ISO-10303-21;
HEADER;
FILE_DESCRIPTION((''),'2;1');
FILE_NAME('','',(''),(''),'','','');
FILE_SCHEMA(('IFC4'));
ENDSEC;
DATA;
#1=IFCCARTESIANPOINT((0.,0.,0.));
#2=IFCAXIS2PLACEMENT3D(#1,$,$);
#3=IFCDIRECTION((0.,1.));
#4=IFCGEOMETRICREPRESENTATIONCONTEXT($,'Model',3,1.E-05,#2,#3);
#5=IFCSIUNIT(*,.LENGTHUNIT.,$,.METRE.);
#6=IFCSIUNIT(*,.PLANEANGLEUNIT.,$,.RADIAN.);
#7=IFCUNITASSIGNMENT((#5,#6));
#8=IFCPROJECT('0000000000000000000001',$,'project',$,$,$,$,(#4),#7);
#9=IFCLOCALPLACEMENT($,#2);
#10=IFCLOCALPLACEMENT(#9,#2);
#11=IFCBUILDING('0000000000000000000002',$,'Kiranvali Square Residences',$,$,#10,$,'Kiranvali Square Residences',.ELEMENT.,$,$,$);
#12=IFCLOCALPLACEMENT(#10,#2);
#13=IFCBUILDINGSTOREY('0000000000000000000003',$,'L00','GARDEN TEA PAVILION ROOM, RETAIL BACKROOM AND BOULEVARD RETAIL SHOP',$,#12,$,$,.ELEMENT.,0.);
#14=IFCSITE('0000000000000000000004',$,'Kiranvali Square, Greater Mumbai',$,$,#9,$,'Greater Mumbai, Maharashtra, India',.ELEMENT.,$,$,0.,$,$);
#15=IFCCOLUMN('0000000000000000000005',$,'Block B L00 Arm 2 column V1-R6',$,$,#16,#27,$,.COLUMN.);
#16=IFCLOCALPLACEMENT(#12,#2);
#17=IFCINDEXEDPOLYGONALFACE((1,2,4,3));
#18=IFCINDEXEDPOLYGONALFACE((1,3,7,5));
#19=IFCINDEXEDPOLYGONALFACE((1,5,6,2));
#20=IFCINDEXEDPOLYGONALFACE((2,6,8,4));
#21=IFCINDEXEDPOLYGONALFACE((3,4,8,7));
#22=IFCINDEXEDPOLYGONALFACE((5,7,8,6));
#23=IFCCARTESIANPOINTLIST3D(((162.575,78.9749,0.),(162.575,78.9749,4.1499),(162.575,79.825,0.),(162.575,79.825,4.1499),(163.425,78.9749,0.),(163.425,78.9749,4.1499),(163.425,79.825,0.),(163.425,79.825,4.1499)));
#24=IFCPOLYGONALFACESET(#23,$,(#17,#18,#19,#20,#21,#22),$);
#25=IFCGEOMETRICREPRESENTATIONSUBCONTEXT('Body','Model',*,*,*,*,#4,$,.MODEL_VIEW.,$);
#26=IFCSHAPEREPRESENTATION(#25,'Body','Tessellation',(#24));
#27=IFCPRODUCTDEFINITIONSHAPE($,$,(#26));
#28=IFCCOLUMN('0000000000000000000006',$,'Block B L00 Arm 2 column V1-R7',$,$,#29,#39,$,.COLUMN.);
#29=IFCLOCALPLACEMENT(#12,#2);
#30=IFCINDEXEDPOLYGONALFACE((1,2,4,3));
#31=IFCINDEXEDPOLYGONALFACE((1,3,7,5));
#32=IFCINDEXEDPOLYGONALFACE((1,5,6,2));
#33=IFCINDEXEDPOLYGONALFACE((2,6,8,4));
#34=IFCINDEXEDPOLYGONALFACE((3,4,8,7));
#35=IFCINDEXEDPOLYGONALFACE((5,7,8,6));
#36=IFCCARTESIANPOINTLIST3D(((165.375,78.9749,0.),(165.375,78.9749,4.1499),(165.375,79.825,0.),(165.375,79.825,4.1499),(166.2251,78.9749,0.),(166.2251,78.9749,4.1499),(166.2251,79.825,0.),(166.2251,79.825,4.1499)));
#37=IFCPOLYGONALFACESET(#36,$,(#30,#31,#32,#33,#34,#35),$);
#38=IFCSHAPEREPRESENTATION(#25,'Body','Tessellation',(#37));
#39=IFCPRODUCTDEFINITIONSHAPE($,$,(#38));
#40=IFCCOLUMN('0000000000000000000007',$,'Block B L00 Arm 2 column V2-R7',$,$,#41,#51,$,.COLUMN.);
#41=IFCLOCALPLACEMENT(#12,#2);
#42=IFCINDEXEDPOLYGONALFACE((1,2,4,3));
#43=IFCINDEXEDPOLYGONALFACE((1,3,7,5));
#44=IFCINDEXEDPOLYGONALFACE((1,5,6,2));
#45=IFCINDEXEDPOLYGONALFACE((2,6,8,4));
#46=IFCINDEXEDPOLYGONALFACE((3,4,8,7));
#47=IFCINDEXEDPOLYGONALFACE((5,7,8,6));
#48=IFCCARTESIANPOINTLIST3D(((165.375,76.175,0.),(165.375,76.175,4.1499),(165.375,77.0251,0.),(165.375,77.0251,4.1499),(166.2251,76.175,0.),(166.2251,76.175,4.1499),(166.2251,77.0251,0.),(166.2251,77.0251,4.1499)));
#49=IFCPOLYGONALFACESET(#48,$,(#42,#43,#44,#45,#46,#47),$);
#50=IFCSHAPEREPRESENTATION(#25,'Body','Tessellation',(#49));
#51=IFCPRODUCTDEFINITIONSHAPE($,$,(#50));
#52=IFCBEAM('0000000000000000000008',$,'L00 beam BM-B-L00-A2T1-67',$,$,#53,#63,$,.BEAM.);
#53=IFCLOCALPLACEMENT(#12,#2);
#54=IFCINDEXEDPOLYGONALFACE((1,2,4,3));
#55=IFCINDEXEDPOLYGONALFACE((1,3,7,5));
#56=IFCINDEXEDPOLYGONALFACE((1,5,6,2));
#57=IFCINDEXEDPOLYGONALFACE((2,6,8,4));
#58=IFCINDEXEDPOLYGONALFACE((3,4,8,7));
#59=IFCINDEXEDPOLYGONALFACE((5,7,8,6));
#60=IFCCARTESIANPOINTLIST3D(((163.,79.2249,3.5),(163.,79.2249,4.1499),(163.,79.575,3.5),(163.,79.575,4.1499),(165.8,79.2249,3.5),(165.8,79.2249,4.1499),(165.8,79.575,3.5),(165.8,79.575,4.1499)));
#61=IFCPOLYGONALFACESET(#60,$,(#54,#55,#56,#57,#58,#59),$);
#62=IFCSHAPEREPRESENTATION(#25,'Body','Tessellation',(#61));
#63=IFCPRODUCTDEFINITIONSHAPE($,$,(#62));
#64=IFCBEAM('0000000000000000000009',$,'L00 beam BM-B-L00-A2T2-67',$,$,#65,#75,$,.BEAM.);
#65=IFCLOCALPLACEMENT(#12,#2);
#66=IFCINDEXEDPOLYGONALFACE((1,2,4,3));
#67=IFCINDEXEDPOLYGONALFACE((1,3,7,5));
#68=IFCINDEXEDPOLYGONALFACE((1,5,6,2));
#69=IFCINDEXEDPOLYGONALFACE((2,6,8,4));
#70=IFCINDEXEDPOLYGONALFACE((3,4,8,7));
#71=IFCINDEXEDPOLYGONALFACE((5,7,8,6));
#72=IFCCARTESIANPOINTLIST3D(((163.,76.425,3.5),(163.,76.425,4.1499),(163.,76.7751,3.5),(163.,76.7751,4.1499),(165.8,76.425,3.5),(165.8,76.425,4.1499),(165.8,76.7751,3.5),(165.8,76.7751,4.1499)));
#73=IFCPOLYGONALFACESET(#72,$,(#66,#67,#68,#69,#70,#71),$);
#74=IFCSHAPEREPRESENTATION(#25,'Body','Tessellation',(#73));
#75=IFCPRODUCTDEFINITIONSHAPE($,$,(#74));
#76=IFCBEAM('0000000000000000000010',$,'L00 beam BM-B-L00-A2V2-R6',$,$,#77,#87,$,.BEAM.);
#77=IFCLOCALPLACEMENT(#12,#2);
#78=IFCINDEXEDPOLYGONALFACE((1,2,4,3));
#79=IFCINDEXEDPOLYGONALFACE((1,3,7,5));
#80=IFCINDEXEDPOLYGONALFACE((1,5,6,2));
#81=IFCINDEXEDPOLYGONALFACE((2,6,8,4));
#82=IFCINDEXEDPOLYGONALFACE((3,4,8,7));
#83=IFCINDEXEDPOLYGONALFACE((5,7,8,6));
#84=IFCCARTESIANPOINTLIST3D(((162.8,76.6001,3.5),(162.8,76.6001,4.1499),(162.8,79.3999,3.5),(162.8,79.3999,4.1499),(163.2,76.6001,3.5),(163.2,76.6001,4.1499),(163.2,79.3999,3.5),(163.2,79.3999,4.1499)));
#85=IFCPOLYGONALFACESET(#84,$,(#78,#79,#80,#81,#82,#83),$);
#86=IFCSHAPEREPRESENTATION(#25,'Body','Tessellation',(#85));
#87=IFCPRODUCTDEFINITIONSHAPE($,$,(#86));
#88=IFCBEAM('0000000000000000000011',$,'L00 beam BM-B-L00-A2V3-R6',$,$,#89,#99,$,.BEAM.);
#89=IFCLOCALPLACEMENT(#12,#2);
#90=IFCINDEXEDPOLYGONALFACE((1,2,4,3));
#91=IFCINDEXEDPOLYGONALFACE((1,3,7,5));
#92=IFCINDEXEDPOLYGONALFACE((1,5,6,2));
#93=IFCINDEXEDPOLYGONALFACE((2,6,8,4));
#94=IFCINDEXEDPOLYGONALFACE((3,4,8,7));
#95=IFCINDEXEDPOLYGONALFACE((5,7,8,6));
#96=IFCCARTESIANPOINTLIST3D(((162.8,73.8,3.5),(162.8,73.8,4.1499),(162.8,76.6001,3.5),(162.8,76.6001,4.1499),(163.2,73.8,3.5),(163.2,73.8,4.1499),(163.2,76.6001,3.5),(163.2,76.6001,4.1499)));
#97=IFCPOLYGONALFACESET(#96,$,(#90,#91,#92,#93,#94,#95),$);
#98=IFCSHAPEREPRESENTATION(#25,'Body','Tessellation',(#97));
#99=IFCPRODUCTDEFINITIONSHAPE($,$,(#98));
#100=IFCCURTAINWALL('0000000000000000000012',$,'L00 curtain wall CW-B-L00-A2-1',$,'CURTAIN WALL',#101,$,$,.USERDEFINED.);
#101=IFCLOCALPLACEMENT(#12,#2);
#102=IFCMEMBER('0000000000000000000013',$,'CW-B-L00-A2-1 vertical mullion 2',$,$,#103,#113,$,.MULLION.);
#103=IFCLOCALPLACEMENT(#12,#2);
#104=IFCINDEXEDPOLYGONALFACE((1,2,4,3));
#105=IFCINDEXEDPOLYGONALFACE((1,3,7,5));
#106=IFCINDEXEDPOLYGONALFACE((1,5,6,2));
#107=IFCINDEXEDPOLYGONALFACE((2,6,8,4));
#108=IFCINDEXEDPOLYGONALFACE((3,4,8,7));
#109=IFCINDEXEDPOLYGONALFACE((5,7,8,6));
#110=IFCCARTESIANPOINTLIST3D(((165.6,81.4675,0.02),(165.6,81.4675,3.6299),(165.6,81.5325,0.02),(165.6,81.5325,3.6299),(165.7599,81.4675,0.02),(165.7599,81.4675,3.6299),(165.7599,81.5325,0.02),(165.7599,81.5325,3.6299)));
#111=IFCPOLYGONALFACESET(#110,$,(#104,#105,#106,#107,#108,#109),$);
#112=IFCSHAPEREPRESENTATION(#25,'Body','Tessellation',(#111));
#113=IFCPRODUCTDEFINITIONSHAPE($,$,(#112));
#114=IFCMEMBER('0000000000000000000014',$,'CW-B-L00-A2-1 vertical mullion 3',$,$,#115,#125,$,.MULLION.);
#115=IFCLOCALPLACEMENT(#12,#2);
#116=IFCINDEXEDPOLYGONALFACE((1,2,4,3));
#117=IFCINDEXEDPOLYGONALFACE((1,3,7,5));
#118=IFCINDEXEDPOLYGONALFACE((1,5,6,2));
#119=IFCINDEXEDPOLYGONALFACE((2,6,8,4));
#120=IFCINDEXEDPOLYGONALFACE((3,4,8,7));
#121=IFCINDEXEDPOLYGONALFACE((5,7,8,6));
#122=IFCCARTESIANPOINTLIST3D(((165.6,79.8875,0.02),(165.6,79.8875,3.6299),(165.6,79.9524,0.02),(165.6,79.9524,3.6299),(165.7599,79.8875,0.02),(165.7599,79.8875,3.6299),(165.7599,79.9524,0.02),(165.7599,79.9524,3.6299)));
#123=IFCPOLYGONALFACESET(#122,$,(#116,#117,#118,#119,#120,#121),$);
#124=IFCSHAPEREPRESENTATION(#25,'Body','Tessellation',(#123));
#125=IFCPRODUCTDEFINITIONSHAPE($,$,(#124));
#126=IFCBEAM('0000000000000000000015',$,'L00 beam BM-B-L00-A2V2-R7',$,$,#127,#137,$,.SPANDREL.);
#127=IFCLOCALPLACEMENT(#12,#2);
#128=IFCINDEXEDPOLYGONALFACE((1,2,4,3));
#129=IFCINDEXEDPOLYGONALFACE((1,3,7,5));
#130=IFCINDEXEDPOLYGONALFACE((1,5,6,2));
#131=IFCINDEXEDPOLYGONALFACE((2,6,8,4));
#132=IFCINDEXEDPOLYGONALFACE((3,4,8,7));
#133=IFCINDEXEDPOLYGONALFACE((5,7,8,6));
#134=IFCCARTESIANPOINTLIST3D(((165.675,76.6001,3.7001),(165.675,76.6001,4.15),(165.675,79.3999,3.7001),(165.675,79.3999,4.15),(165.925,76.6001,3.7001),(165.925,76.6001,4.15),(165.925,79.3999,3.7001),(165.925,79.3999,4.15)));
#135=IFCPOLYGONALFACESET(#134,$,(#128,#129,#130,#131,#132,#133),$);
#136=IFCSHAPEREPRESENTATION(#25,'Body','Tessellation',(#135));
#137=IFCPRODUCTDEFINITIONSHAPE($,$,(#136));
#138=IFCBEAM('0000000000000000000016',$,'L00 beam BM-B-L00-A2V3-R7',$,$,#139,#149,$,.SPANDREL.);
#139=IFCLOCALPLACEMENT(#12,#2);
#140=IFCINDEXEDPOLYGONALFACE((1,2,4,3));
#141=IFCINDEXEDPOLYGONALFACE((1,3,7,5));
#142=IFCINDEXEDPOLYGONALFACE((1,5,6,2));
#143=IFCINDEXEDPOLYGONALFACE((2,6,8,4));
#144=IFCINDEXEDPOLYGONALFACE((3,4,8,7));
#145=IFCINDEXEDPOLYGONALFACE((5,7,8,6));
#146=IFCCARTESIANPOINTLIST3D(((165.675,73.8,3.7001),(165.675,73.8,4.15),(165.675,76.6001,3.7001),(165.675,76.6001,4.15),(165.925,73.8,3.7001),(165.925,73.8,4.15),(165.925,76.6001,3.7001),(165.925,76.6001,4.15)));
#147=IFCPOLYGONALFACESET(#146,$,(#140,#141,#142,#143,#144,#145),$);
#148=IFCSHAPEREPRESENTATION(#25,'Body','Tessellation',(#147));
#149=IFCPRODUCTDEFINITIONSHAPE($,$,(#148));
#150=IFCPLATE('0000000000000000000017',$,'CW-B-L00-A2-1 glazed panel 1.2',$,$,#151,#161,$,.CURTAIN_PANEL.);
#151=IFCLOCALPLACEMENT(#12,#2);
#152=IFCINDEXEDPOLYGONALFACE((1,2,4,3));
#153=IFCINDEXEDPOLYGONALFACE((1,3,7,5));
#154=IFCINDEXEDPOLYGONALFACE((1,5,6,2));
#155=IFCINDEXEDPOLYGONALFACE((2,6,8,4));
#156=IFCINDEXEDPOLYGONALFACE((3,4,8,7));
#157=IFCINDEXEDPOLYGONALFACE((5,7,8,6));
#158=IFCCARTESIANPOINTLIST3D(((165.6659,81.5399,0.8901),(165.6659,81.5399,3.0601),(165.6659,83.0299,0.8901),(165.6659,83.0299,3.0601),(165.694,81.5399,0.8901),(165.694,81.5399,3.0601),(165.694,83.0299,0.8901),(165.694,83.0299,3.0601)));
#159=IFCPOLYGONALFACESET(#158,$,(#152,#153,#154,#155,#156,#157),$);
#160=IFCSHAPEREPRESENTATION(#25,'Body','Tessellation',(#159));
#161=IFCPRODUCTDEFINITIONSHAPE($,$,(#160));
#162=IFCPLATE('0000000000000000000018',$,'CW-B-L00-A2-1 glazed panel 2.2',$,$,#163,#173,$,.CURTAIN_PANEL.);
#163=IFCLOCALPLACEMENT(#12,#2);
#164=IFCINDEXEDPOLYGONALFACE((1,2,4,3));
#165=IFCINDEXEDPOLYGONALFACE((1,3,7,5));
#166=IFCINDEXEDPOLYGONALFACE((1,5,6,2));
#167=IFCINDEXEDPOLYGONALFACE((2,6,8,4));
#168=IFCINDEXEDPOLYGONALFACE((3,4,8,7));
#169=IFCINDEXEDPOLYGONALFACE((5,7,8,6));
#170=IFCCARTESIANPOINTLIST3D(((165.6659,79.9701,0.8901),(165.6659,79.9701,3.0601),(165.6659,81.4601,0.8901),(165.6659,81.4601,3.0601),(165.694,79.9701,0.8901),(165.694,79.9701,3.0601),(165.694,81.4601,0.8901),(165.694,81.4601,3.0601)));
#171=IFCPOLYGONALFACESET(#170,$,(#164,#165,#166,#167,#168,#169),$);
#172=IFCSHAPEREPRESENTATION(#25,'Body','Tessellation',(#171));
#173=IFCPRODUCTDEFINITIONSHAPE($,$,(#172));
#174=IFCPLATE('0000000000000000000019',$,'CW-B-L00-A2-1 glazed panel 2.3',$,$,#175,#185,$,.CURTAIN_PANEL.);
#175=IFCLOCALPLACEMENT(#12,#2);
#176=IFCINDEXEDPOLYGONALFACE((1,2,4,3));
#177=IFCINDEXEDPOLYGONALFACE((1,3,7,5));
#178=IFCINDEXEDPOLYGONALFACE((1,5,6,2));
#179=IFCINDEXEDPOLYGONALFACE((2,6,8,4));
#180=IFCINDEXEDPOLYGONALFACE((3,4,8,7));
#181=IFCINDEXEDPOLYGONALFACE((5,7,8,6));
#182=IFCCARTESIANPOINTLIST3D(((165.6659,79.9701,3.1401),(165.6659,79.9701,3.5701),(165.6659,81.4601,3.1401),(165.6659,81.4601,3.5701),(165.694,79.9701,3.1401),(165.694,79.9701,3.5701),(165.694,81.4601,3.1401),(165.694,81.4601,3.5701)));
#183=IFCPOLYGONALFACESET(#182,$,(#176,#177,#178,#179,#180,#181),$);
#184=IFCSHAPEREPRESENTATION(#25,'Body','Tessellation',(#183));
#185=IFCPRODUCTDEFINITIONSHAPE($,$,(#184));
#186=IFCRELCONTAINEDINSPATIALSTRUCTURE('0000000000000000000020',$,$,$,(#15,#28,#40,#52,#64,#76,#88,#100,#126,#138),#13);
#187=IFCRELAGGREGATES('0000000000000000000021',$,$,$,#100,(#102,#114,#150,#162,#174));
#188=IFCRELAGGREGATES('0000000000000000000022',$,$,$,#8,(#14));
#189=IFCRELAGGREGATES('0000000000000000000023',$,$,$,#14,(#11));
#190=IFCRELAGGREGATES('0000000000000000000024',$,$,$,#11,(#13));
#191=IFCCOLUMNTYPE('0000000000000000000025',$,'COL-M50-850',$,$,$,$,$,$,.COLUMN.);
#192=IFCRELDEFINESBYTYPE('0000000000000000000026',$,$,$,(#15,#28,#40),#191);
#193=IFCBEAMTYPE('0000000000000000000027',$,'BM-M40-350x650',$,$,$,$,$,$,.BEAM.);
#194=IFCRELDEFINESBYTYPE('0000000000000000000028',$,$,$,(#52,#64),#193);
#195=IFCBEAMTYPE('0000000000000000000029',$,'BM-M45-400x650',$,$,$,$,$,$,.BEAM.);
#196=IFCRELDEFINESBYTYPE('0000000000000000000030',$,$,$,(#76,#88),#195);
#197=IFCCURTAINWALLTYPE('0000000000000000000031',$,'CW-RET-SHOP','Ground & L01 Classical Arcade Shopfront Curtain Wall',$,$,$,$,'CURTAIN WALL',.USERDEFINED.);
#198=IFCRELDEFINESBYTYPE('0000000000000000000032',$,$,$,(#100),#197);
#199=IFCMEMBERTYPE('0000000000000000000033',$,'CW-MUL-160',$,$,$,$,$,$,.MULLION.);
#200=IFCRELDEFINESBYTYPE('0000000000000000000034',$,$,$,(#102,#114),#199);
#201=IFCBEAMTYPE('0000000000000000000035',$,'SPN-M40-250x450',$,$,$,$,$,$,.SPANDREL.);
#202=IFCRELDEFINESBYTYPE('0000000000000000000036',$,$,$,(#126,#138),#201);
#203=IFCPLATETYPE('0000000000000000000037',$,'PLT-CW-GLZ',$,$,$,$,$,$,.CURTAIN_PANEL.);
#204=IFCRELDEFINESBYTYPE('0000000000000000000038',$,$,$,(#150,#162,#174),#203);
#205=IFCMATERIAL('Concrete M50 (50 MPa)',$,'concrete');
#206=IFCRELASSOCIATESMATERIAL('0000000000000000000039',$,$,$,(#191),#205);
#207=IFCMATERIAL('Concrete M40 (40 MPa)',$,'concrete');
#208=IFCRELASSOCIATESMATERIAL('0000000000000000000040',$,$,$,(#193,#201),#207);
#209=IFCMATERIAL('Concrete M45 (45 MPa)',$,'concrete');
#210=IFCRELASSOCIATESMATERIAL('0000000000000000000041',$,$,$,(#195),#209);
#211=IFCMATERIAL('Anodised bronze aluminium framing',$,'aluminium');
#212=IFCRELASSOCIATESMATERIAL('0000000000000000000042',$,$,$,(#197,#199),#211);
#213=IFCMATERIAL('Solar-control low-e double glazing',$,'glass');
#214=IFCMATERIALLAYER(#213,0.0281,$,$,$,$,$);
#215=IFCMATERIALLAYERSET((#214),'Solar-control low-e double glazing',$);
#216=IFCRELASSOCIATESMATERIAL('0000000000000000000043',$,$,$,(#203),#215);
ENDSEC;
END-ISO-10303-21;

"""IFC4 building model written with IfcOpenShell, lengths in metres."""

from ifc_helpers import new_model, si_unit, direction, frame, origin, origin_2d, place, context, subcontext, project, spatial, rectangle, extrude, material, layer, layer_set, material_profile, profile_set, type_object, element, aggregate, save


model = new_model("IFC4")

# Units and contexts
model_context = context("Model", 3, precision=1e-05, world=origin(), true_north=direction((0.0, 1.0)))
body_context = subcontext(model_context, "Body", "Model", "MODEL_VIEW")
ifc_project = project(units=[si_unit("LENGTHUNIT", "METRE"), si_unit("PLANEANGLEUNIT", "RADIAN")], contexts=[model_context])

# Site, building, storey
site_placement = place(None, origin())
site = spatial("IfcSite", under=ifc_project, at=site_placement, Name="Kiranvali Square, Greater Mumbai", LongName="Greater Mumbai, Maharashtra, India", CompositionType="ELEMENT", RefElevation=0.0)
building_placement = place(site_placement, origin())
building = spatial("IfcBuilding", under=site, at=building_placement, Name="Kiranvali Square Residences", LongName="Kiranvali Square Residences", CompositionType="ELEMENT")
storey_placement = place(building_placement, origin())
storey = spatial("IfcBuildingStorey", under=building, at=storey_placement, Name="L00", Description="GARDEN TEA PAVILION ROOM, RETAIL BACKROOM AND BOULEVARD RETAIL SHOP", CompositionType="ELEMENT", Elevation=0.0)

# Columns
ifc_material_1 = material(Name="Concrete M50 (50 MPa)", Category="concrete")
ifc_material_profile_1 = material_profile(ifc_material_1, rectangle(XDim=0.8501, YDim=0.8501, at=origin_2d()), Name="RC 850x850")
ifc_profile_set_1 = profile_set([ifc_material_profile_1], Name="Concrete M50 (50 MPa)")
column_type = type_object("IfcColumnType", Name="COL-M50-850", PredefinedType="COLUMN", material=ifc_profile_set_1)
for number, where, z_axis, x_axis, name in (
    (1, (163.0, 79.3999, 0.0), (0.0, 0.0, 1.0), (1.0, 0.0, 0.0), "Block B L00 Arm 2 column V1-R6"),
    (2, (165.8, 79.3999, 0.0), (0.0, 0.0, 1.0), (1.0, 0.0, 0.0), "Block B L00 Arm 2 column V1-R7"),
    (3, (165.8, 76.6001, 0.0), (0.0, 0.0, 1.0), (1.0, 0.0, 0.0), "Block B L00 Arm 2 column V2-R7"),
):
    element("IfcColumn", number, at=place(storey_placement, frame(where, z_axis=z_axis, x_axis=x_axis)), inside=storey, type_object=column_type, Name=name, PredefinedType="COLUMN", context=body_context, shape_type="SweptSolid", body=[
        extrude(rectangle(XDim=0.8501, YDim=0.8501, at=origin_2d()), origin(), (0.0, 0.0, 1.0), 4.1499),
    ])

# Beams
ifc_material_2 = material(Name="Concrete M40 (40 MPa)", Category="concrete")
ifc_material_profile_2 = material_profile(ifc_material_2, rectangle(XDim=0.3501, YDim=0.6499, at=origin_2d()), Name="RC 350x650")
ifc_profile_set_2 = profile_set([ifc_material_profile_2], Name="Concrete M40 (40 MPa)")
beam_type_1 = type_object("IfcBeamType", Name="BM-M40-350x650", PredefinedType="BEAM", material=ifc_profile_set_2)
for number, where, z_axis, x_axis, name in (
    (4, (163.0, 79.3999, 3.825), (1.0, 0.0, 0.0), (0.0, 1.0, 0.0), "L00 beam BM-B-L00-A2T1-67"),
    (5, (163.0, 76.6001, 3.825), (1.0, 0.0, 0.0), (0.0, 1.0, 0.0), "L00 beam BM-B-L00-A2T2-67"),
):
    element("IfcBeam", number, at=place(storey_placement, frame(where, z_axis=z_axis, x_axis=x_axis)), inside=storey, type_object=beam_type_1, Name=name, PredefinedType="BEAM", context=body_context, shape_type="SweptSolid", body=[
        extrude(rectangle(XDim=0.3501, YDim=0.6499, at=origin_2d()), origin(), (0.0, 0.0, 1.0), 2.8),
    ])
ifc_material_3 = material(Name="Concrete M45 (45 MPa)", Category="concrete")
ifc_material_profile_3 = material_profile(ifc_material_3, rectangle(XDim=0.3999, YDim=0.6499, at=origin_2d()), Name="RC 400x650")
ifc_profile_set_3 = profile_set([ifc_material_profile_3], Name="Concrete M45 (45 MPa)")
beam_type_2 = type_object("IfcBeamType", Name="BM-M45-400x650", PredefinedType="BEAM", material=ifc_profile_set_3)
beam_1_placement = place(storey_placement, frame((163.0, 79.3999, 3.825), z_axis=(0.0, -1.0, 0.0), x_axis=(1.0, 0.0, 0.0)))
element("IfcBeam", 6, at=beam_1_placement, inside=storey, type_object=beam_type_2, Name="L00 beam BM-B-L00-A2V2-R6", PredefinedType="BEAM", context=body_context, shape_type="SweptSolid", body=[
    extrude(rectangle(XDim=0.3999, YDim=0.6499, at=origin_2d()), origin(), (0.0, 0.0, 1.0), 2.7998),
])
beam_2_placement = place(storey_placement, frame((163.0, 76.6001, 3.825), z_axis=(0.0, -1.0, 0.0), x_axis=(1.0, 0.0, 0.0)))
element("IfcBeam", 7, at=beam_2_placement, inside=storey, type_object=beam_type_2, Name="L00 beam BM-B-L00-A2V3-R6", PredefinedType="BEAM", context=body_context, shape_type="SweptSolid", body=[
    extrude(rectangle(XDim=0.3999, YDim=0.6499, at=origin_2d()), origin(), (0.0, 0.0, 1.0), 2.8),
])

# Curtain wall, members
ifc_material_4 = material(Name="Anodised bronze aluminium framing", Category="aluminium")
curtain_wall_type = type_object("IfcCurtainWallType", Name="CW-RET-SHOP", Description="Ground & L01 Classical Arcade Shopfront Curtain Wall", ElementType="CURTAIN WALL", PredefinedType="USERDEFINED", material=ifc_material_4)
curtain_wall_placement = place(storey_placement, origin())
curtain_wall = element("IfcCurtainWall", 8, at=curtain_wall_placement, inside=storey, type_object=curtain_wall_type, Name="L00 curtain wall CW-B-L00-A2-1", ObjectType="CURTAIN WALL", PredefinedType="USERDEFINED")
ifc_material_profile_4 = material_profile(ifc_material_4, rectangle(XDim=0.0649, YDim=0.1599, at=origin_2d()), Name="ALU 65x160")
ifc_profile_set_4 = profile_set([ifc_material_profile_4], Name="Anodised bronze aluminium framing")
member_type = type_object("IfcMemberType", Name="CW-MUL-160", PredefinedType="MULLION", material=ifc_profile_set_4)
member_1_placement = place(storey_placement, frame((165.6799, 81.5, 0.02), z_axis=(0.0, 0.0, 1.0), x_axis=(0.0, -1.0, 0.0)))
member_1 = element("IfcMember", 9, at=member_1_placement, type_object=member_type, Name="CW-B-L00-A2-1 vertical mullion 2", PredefinedType="MULLION", context=body_context, shape_type="SweptSolid", body=[
    extrude(rectangle(XDim=0.0649, YDim=0.1599, at=origin_2d()), origin(), (0.0, 0.0, 1.0), 3.6099),
])
member_2_placement = place(storey_placement, frame((165.6799, 79.9199, 0.02), z_axis=(0.0, 0.0, 1.0), x_axis=(0.0, -1.0, 0.0)))
member_2 = element("IfcMember", 10, at=member_2_placement, type_object=member_type, Name="CW-B-L00-A2-1 vertical mullion 3", PredefinedType="MULLION", context=body_context, shape_type="SweptSolid", body=[
    extrude(rectangle(XDim=0.0649, YDim=0.1599, at=origin_2d()), origin(), (0.0, 0.0, 1.0), 3.6099),
])

# Beams
ifc_material_profile_5 = material_profile(ifc_material_2, rectangle(XDim=0.25, YDim=0.45, at=origin_2d()), Name="RC 250x450")
ifc_profile_set_5 = profile_set([ifc_material_profile_5], Name="Concrete M40 (40 MPa)")
beam_type_3 = type_object("IfcBeamType", Name="SPN-M40-250x450", PredefinedType="SPANDREL", material=ifc_profile_set_5)
beam_3_placement = place(storey_placement, frame((165.8, 79.3999, 3.925), z_axis=(0.0, -1.0, 0.0), x_axis=(1.0, 0.0, 0.0)))
element("IfcBeam", 11, at=beam_3_placement, inside=storey, type_object=beam_type_3, Name="L00 beam BM-B-L00-A2V2-R7", PredefinedType="SPANDREL", context=body_context, shape_type="SweptSolid", body=[
    extrude(rectangle(XDim=0.25, YDim=0.45, at=origin_2d()), origin(), (0.0, 0.0, 1.0), 2.7998),
])
beam_4_placement = place(storey_placement, frame((165.8, 76.6001, 3.925), z_axis=(0.0, -1.0, 0.0), x_axis=(1.0, 0.0, 0.0)))
element("IfcBeam", 12, at=beam_4_placement, inside=storey, type_object=beam_type_3, Name="L00 beam BM-B-L00-A2V3-R7", PredefinedType="SPANDREL", context=body_context, shape_type="SweptSolid", body=[
    extrude(rectangle(XDim=0.25, YDim=0.45, at=origin_2d()), origin(), (0.0, 0.0, 1.0), 2.8),
])

# Plates
ifc_material_5 = material(Name="Solar-control low-e double glazing", Category="glass")
ifc_layer_1 = layer(ifc_material_5, 0.0281)
ifc_layer_set_1 = layer_set([ifc_layer_1], Name="Solar-control low-e double glazing")
plate_type_1 = type_object("IfcPlateType", Name="PLT-CW-GLZ", PredefinedType="CURTAIN_PANEL", material=ifc_layer_set_1)
plate_1_placement = place(storey_placement, frame((165.6799, 82.2849, 0.8901), z_axis=(0.0, 0.0, 1.0), x_axis=(0.0, -1.0, 0.0)))
plate_1 = element("IfcPlate", 13, at=plate_1_placement, type_object=plate_type_1, Name="CW-B-L00-A2-1 glazed panel 1.2", PredefinedType="CURTAIN_PANEL", context=body_context, shape_type="SweptSolid", body=[
    extrude(rectangle(XDim=1.49, YDim=0.0281, at=origin_2d()), origin(), (0.0, 0.0, 1.0), 2.1699),
])
plate_2_placement = place(storey_placement, frame((165.6799, 80.7151, 0.8901), z_axis=(0.0, 0.0, 1.0), x_axis=(0.0, -1.0, 0.0)))
plate_2 = element("IfcPlate", 14, at=plate_2_placement, type_object=plate_type_1, Name="CW-B-L00-A2-1 glazed panel 2.2", PredefinedType="CURTAIN_PANEL", context=body_context, shape_type="SweptSolid", body=[
    extrude(rectangle(XDim=1.49, YDim=0.0281, at=origin_2d()), origin(), (0.0, 0.0, 1.0), 2.1699),
])
plate_3_placement = place(storey_placement, frame((165.6799, 80.7151, 3.1401), z_axis=(0.0, 0.0, 1.0), x_axis=(0.0, -1.0, 0.0)))
plate_3 = element("IfcPlate", 15, at=plate_3_placement, type_object=plate_type_1, Name="CW-B-L00-A2-1 glazed panel 2.3", PredefinedType="CURTAIN_PANEL", context=body_context, shape_type="SweptSolid", body=[
    extrude(rectangle(XDim=1.49, YDim=0.0281, at=origin_2d()), origin(), (0.0, 0.0, 1.0), 0.4299),
])
aggregate(curtain_wall, [member_1, member_2, plate_1, plate_2, plate_3])

save(model, "model.ifc")
